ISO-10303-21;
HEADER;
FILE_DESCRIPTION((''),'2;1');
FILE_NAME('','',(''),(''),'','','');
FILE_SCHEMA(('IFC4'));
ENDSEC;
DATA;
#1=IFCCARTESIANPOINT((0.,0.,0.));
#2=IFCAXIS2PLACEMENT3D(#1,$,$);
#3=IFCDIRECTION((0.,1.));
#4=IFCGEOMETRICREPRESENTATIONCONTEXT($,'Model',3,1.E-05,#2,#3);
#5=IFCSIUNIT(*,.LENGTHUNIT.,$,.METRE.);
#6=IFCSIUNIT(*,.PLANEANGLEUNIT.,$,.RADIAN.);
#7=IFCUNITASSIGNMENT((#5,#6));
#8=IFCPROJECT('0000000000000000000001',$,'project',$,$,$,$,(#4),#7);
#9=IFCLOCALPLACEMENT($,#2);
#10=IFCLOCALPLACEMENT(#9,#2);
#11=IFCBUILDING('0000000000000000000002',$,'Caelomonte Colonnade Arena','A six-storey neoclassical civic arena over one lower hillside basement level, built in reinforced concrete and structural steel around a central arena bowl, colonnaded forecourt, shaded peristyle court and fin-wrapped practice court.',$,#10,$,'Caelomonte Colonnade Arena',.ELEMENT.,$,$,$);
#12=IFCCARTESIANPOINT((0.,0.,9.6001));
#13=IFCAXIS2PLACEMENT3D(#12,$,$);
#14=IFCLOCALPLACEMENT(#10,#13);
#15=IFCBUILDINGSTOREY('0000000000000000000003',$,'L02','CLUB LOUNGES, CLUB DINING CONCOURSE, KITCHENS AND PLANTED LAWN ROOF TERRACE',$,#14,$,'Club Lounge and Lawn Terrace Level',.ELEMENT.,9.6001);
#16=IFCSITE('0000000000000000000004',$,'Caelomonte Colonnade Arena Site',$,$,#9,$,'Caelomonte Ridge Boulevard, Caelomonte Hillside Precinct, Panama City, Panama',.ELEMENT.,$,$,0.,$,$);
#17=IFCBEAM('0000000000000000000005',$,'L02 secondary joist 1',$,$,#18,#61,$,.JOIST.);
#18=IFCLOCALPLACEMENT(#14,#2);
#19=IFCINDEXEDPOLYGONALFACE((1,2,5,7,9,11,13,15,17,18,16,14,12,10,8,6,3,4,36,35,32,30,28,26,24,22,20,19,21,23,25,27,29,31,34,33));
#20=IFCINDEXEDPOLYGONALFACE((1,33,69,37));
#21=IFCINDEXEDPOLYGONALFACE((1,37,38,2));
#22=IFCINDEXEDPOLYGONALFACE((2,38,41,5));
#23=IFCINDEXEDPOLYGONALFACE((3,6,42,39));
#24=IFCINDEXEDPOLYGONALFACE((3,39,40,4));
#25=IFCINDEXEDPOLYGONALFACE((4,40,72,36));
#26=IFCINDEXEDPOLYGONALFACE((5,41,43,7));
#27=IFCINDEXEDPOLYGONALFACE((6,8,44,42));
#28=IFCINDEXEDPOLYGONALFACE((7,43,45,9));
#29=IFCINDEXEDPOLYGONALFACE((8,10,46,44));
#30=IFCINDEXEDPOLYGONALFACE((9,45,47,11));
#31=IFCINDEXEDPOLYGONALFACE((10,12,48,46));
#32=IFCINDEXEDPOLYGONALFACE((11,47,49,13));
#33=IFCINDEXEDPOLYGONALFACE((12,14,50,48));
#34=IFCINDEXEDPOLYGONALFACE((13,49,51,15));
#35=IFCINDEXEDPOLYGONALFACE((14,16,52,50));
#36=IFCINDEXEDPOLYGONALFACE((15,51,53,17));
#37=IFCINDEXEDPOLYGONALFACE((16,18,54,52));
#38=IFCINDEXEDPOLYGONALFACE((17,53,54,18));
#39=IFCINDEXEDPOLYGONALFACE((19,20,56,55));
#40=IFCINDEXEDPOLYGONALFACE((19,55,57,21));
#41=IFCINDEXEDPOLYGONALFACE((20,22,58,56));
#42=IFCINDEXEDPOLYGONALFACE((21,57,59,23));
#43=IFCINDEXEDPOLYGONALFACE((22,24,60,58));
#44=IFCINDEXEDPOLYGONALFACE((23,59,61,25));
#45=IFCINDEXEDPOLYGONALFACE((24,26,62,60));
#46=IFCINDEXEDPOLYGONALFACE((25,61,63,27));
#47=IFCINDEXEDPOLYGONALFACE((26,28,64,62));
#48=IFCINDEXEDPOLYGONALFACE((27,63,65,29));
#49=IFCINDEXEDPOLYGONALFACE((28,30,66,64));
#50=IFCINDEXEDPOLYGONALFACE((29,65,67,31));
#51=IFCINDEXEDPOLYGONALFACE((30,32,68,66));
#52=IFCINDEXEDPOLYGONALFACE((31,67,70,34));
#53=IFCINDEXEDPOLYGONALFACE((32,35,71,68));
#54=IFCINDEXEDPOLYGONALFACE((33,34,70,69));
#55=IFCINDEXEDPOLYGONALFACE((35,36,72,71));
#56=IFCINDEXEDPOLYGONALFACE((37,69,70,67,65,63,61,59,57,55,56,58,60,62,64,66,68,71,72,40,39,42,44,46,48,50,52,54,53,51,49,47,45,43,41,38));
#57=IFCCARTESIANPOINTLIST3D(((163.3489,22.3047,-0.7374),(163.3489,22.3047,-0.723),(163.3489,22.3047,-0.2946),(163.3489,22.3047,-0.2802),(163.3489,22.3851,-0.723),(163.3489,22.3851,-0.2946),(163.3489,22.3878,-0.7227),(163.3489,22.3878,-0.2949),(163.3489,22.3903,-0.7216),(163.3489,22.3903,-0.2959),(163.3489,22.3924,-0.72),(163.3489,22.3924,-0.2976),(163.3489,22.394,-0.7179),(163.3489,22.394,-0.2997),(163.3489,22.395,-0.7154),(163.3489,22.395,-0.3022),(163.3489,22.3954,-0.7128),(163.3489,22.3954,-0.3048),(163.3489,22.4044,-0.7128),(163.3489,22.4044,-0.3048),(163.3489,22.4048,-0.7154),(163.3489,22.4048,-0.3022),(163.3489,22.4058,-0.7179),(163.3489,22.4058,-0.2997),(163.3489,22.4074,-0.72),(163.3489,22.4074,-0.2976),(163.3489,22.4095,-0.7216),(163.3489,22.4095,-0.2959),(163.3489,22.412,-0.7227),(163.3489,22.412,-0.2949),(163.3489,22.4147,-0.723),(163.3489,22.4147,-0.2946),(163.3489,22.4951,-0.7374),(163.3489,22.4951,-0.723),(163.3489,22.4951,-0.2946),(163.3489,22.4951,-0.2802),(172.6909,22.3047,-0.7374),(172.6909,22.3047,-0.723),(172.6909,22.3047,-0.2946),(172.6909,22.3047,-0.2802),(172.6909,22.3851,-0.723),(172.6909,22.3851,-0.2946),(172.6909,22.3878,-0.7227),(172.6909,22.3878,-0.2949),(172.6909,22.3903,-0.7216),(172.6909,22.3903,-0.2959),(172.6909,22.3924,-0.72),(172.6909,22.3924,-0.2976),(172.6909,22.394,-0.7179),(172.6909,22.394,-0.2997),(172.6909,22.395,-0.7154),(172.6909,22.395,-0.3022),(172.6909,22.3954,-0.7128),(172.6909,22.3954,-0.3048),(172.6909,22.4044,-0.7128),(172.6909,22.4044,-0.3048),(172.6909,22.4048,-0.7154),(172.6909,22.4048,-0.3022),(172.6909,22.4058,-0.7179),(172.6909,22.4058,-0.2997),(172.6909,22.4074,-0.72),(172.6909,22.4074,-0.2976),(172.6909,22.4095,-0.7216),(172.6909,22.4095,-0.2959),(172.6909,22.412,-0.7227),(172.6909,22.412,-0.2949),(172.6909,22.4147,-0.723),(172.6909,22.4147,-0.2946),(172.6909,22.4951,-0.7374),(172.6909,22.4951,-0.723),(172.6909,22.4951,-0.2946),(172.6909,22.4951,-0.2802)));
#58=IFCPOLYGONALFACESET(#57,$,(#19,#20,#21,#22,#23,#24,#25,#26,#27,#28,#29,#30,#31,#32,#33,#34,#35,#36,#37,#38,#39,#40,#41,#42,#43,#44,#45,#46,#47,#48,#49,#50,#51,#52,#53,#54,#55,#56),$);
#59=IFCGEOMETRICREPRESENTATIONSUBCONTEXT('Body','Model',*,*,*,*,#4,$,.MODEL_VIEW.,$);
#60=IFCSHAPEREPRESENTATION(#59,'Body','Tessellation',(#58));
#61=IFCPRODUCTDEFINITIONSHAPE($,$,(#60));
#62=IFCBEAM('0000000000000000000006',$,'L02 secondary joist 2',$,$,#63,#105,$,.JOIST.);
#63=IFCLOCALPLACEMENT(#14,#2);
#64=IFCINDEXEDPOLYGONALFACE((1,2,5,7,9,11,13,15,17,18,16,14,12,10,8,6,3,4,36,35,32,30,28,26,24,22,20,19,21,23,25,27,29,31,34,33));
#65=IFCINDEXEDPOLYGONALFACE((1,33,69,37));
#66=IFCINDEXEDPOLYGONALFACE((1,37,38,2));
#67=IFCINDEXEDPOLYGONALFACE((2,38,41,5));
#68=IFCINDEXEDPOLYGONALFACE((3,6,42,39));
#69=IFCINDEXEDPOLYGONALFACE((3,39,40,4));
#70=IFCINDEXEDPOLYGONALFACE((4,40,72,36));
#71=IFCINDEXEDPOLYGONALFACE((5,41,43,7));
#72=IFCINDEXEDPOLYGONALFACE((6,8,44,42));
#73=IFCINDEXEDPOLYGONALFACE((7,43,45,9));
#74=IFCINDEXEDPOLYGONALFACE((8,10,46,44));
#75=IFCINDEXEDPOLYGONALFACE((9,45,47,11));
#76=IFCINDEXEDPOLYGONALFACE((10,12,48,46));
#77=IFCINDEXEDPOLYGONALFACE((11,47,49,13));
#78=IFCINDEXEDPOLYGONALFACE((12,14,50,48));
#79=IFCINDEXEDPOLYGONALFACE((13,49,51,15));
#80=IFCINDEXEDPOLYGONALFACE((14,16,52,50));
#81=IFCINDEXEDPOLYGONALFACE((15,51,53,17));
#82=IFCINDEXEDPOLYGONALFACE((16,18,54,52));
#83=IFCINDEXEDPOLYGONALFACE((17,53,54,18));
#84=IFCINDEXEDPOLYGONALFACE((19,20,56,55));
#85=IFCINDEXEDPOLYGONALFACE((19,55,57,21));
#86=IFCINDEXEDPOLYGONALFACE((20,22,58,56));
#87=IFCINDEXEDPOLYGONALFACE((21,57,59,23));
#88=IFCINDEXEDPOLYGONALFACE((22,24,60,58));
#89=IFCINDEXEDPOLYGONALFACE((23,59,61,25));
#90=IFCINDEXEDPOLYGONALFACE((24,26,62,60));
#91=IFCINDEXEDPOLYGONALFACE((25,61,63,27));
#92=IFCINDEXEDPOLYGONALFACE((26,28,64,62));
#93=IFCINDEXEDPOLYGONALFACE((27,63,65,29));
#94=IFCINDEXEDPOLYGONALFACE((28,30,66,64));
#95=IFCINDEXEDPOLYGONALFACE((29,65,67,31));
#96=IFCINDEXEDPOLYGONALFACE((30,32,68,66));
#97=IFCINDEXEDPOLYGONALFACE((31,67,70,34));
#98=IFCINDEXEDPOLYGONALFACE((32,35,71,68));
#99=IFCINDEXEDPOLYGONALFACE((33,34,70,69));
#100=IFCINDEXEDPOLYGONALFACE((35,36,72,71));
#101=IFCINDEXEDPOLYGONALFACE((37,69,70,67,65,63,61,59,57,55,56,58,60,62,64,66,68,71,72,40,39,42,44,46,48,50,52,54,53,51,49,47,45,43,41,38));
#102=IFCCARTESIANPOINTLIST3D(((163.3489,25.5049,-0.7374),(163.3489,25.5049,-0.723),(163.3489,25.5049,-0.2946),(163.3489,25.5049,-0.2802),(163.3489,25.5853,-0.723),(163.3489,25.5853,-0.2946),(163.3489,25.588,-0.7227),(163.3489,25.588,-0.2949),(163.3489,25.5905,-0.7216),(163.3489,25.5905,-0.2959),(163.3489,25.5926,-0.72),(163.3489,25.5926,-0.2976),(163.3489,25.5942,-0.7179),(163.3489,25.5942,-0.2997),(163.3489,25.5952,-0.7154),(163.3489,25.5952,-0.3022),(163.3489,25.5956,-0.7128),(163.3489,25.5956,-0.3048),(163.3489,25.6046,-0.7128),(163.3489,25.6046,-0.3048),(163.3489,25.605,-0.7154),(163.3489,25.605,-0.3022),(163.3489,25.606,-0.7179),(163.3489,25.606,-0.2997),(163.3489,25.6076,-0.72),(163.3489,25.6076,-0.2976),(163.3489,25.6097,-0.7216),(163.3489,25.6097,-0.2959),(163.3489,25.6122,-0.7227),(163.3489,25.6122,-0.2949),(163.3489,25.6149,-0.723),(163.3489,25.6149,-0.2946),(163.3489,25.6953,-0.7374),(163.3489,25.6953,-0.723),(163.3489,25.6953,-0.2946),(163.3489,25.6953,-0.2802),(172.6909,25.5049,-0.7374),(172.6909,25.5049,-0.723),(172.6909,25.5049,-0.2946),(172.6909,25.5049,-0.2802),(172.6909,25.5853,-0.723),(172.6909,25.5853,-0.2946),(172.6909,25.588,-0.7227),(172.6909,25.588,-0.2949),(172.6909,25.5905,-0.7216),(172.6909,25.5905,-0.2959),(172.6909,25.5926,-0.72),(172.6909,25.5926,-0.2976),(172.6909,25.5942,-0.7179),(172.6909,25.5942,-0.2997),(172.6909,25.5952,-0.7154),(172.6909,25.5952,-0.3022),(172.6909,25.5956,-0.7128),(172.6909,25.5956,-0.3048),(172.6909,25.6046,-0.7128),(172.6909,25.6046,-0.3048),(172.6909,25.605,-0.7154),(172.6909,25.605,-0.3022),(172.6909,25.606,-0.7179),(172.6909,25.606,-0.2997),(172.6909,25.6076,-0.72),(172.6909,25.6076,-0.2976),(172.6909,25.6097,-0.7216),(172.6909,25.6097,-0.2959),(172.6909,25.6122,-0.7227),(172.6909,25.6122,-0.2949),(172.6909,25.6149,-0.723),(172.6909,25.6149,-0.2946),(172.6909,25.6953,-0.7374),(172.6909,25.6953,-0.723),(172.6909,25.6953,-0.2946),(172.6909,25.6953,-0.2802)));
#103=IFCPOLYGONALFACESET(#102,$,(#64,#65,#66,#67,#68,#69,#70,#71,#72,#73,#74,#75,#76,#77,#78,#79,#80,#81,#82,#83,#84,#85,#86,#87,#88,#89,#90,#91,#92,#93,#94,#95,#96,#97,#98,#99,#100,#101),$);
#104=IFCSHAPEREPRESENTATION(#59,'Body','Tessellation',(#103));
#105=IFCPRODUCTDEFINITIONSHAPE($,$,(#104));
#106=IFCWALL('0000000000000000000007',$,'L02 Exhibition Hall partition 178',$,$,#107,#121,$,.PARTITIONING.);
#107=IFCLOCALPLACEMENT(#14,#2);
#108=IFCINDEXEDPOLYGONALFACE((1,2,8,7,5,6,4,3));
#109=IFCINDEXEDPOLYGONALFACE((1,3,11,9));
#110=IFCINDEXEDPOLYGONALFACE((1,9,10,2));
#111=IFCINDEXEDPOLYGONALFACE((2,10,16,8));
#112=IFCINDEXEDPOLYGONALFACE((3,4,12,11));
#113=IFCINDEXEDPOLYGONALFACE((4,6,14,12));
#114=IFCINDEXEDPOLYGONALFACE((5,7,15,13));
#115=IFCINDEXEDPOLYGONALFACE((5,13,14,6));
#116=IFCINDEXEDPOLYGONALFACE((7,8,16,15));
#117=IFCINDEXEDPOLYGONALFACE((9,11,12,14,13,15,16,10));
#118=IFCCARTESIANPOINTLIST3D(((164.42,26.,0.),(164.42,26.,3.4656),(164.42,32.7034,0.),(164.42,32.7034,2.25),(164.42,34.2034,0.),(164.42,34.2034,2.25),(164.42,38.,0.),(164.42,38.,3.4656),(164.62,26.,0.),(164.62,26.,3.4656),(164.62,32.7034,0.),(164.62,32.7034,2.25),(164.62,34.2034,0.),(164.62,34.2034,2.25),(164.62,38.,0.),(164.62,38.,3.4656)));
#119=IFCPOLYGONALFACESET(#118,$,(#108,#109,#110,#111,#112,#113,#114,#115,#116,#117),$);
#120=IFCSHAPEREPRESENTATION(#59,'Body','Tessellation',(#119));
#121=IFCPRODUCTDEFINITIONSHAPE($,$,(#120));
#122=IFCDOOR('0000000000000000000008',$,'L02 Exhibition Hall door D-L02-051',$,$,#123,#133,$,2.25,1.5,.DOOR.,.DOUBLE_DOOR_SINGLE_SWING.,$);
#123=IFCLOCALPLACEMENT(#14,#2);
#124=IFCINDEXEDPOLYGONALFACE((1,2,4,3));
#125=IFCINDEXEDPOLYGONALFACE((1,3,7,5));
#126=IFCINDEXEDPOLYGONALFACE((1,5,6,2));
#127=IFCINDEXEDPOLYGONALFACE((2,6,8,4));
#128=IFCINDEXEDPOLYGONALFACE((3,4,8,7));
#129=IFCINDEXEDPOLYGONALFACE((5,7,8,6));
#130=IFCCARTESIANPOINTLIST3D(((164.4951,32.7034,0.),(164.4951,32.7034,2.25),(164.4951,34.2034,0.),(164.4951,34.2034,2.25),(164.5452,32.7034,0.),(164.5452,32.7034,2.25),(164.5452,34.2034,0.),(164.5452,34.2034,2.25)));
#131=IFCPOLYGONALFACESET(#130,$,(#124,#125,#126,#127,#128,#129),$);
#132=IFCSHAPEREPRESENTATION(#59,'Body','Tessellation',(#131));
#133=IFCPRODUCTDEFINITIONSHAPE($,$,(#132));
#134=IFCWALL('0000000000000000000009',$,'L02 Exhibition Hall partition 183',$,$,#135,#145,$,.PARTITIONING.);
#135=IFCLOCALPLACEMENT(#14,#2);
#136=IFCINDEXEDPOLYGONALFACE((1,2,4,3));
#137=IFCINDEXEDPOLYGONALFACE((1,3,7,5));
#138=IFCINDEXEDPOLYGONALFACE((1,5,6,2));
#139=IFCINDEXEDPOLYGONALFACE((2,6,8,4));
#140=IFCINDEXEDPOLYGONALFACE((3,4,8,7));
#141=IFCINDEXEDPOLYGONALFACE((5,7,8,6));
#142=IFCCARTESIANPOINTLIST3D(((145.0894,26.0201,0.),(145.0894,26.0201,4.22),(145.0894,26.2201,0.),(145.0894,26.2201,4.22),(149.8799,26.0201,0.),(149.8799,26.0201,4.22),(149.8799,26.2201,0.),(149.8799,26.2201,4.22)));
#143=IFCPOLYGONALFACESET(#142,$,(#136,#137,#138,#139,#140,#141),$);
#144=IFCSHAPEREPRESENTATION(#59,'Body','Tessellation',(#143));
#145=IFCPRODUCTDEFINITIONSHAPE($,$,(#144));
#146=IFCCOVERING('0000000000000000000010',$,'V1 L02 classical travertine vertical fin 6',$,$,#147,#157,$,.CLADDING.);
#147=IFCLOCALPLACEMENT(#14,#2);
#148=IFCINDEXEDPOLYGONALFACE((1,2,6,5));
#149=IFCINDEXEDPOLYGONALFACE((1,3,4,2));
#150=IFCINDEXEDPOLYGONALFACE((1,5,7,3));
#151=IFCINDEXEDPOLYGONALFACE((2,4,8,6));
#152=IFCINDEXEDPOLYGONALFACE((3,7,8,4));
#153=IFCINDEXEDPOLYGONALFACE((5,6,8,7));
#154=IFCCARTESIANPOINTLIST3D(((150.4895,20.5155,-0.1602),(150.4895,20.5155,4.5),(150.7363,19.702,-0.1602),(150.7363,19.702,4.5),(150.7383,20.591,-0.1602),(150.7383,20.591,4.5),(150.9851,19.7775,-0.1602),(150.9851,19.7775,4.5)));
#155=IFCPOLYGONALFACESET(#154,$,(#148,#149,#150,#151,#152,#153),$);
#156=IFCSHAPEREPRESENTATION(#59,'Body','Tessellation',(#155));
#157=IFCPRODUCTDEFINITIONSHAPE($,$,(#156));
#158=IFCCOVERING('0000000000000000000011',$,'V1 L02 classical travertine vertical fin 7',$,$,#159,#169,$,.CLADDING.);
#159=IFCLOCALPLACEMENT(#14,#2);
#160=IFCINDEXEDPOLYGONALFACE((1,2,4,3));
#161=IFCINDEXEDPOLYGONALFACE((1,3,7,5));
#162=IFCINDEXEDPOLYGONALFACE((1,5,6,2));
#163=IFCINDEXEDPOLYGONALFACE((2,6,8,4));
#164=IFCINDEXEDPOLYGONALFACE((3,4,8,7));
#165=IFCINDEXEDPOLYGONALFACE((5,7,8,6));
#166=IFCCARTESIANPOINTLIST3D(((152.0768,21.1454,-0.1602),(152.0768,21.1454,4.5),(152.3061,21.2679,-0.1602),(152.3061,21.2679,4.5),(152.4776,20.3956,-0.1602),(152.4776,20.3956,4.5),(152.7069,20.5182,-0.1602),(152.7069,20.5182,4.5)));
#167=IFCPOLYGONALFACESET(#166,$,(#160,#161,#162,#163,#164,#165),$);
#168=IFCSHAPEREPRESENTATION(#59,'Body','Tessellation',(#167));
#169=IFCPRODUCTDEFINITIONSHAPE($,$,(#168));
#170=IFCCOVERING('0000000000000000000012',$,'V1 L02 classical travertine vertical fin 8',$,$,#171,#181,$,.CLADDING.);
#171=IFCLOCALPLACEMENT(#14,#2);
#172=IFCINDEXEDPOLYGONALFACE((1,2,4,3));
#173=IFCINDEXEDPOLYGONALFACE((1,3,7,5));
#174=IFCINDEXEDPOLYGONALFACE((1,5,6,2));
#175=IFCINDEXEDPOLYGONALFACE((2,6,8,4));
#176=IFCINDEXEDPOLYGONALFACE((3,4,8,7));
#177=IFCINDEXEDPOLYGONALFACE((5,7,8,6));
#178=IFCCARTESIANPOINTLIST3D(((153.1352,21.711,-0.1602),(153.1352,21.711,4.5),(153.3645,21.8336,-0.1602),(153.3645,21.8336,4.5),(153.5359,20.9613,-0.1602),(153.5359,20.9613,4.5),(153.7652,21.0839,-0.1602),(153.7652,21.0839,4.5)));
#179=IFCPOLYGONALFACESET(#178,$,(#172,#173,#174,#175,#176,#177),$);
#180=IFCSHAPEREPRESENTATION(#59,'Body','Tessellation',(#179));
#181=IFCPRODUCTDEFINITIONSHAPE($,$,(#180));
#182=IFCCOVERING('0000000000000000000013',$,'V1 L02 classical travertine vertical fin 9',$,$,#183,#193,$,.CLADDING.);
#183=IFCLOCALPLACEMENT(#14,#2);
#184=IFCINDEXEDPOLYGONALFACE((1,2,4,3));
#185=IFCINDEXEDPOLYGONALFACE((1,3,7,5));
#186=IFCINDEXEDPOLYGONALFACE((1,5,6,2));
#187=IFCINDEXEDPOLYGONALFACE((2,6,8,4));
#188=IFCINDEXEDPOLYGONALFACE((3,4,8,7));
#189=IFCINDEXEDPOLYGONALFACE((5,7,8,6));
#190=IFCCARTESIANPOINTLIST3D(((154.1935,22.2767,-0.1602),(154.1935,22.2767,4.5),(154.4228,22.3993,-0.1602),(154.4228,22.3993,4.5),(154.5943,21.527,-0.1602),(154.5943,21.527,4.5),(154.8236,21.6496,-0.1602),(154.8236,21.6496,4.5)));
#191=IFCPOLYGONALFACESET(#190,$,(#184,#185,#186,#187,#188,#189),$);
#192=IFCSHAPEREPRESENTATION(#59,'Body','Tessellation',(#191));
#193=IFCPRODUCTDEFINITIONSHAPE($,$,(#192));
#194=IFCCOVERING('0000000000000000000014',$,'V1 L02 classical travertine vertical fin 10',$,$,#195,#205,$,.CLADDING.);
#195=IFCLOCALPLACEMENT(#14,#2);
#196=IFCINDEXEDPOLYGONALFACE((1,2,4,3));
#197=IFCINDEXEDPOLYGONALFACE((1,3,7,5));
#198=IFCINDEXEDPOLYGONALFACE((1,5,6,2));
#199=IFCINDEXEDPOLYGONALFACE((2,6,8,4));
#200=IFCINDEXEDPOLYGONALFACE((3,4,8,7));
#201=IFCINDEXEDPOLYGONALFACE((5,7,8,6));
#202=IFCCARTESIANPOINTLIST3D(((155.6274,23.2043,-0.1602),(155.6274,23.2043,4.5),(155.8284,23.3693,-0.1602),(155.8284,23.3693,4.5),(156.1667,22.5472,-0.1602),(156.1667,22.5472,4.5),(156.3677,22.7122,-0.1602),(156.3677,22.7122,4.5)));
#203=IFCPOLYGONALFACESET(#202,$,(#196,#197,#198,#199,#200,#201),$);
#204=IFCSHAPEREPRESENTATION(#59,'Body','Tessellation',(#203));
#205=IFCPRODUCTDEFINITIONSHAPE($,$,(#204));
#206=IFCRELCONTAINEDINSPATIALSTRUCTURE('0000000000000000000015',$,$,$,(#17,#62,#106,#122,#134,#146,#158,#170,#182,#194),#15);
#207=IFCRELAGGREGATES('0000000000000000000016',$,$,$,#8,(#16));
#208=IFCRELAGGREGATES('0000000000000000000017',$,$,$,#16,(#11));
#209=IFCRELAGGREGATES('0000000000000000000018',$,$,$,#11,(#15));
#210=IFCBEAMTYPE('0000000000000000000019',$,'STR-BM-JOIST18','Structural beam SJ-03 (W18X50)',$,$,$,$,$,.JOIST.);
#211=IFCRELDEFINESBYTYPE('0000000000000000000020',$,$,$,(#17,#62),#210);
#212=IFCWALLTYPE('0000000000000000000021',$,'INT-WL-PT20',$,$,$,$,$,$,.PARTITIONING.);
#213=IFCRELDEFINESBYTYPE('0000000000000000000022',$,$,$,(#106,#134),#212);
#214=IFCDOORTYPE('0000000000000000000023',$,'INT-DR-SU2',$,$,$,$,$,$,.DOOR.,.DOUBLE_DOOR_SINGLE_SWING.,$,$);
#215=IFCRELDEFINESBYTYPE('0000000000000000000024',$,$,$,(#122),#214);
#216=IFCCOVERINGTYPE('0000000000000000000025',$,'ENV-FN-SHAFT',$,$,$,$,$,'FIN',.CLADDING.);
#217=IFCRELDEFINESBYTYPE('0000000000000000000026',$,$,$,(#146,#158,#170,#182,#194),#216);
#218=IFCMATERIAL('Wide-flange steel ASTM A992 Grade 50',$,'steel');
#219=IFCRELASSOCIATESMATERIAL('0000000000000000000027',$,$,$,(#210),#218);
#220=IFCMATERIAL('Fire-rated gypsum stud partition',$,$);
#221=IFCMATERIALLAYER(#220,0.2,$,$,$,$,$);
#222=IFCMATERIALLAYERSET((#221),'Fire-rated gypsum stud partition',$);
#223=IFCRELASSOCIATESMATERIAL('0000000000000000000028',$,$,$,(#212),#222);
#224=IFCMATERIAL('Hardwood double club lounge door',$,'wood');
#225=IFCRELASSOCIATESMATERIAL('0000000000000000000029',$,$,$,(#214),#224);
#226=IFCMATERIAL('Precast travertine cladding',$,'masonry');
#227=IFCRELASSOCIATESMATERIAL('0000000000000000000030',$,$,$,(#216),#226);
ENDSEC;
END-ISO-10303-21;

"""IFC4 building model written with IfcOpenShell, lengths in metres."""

from ifc_helpers import new_model, si_unit, direction, frame, frame_2d, origin, origin_2d, place, context, subcontext, project, spatial, rectangle, i_section, extrude, material, layer, layer_set, material_profile, profile_set, type_object, element, fill, save


model = new_model("IFC4")

# Units and contexts
model_context = context("Model", 3, precision=1e-05, world=origin(), true_north=direction((0.0, 1.0)))
body_context = subcontext(model_context, "Body", "Model", "MODEL_VIEW")
ifc_project = project(units=[si_unit("LENGTHUNIT", "METRE"), si_unit("PLANEANGLEUNIT", "RADIAN")], contexts=[model_context])

# Site, building, storey
site_placement = place(None, origin())
site = spatial("IfcSite", under=ifc_project, at=site_placement, Name="Caelomonte Colonnade Arena Site", LongName="Caelomonte Ridge Boulevard, Caelomonte Hillside Precinct, Panama City, Panama", CompositionType="ELEMENT", RefElevation=0.0)
building_placement = place(site_placement, origin())
building = spatial("IfcBuilding", under=site, at=building_placement, Name="Caelomonte Colonnade Arena", Description="A six-storey neoclassical civic arena over one lower hillside basement level, built in reinforced concrete and structural steel around a central arena bowl, colonnaded forecourt, shaded peristyle court and fin-wrapped practice court.", LongName="Caelomonte Colonnade Arena", CompositionType="ELEMENT")
storey_placement = place(building_placement, frame((0.0, 0.0, 9.6001)))
storey = spatial("IfcBuildingStorey", under=building, at=storey_placement, Name="L02", Description="CLUB LOUNGES, CLUB DINING CONCOURSE, KITCHENS AND PLANTED LAWN ROOF TERRACE", LongName="Club Lounge and Lawn Terrace Level", CompositionType="ELEMENT", Elevation=9.6001)

# Beams
ifc_material_1 = material(Name="Wide-flange steel ASTM A992 Grade 50", Category="steel")
ifc_material_profile_1 = material_profile(ifc_material_1, i_section(OverallWidth=0.1904, OverallDepth=0.4573, WebThickness=0.009, FlangeThickness=0.0144, FilletRadius=0.0103, at=origin_2d()), Name="W18X50")
ifc_profile_set_1 = profile_set([ifc_material_profile_1], Name="Wide-flange steel ASTM A992 Grade 50")
beam_type = type_object("IfcBeamType", Name="STR-BM-JOIST18", Description="Structural beam SJ-03 (W18X50)", PredefinedType="JOIST", material=ifc_profile_set_1)
for number, where, z_axis, x_axis, name in (
    (1, (163.3489, 22.3999, -0.5088), (1.0, 0.0, 0.0), (0.0, 1.0, 0.0), "L02 secondary joist 1"),
    (2, (163.3489, 25.6001, -0.5088), (1.0, 0.0, 0.0), (0.0, 1.0, 0.0), "L02 secondary joist 2"),
):
    element("IfcBeam", number, at=place(storey_placement, frame(where, z_axis=z_axis, x_axis=x_axis)), inside=storey, type_object=beam_type, Name=name, PredefinedType="JOIST", context=body_context, shape_type="SweptSolid", body=[
        extrude(i_section(OverallWidth=0.1904, OverallDepth=0.4573, WebThickness=0.009, FlangeThickness=0.0144, FilletRadius=0.0103, at=origin_2d()), origin(), (0.0, 0.0, 1.0), 9.342),
    ])

# Wall, opening, door
ifc_material_2 = material(Name="Fire-rated gypsum stud partition")
ifc_layer = layer(ifc_material_2, 0.2)
ifc_layer_set = layer_set([ifc_layer], Name="Fire-rated gypsum stud partition")
wall_type = type_object("IfcWallType", Name="INT-WL-PT20", PredefinedType="PARTITIONING", material=ifc_layer_set)
wall_1_placement = place(storey_placement, frame((164.52, 26.0, 0.0), z_axis=(0.0, 0.0, 1.0), x_axis=(0.0, 1.0, 0.0)))
wall_1 = element("IfcWall", 3, at=wall_1_placement, inside=storey, type_object=wall_type, Name="L02 Exhibition Hall partition 178", PredefinedType="PARTITIONING", context=body_context, shape_type="SweptSolid", body=[
    extrude(rectangle(XDim=12.0, YDim=0.2, at=frame_2d((6.0, 0.0))), origin(), (0.0, 0.0, 1.0), 3.4656),
])
opening_placement = place(wall_1_placement, frame((6.7034, 0.0, 0.0), z_axis=(0.0, 0.0, 1.0), x_axis=(1.0, 0.0, 0.0)))
opening = element("IfcOpeningElement", 4, at=opening_placement, cuts=wall_1, PredefinedType="OPENING", context=body_context, shape_type="SweptSolid", body=[
    extrude(rectangle(XDim=1.5, YDim=2.25, at=frame_2d((0.75, 1.125))), frame((0.0, 0.1099, 0.0), z_axis=(0.0, -1.0, 0.0), x_axis=(1.0, 0.0, 0.0)), (0.0, 0.0, 1.0), 0.22),
])
ifc_material_3 = material(Name="Hardwood double club lounge door", Category="wood")
door_type = type_object("IfcDoorType", Name="INT-DR-SU2", OperationType="DOUBLE_DOOR_SINGLE_SWING", PredefinedType="DOOR", material=ifc_material_3)
door_placement = place(opening_placement, origin())
door = element("IfcDoor", 5, at=door_placement, inside=storey, type_object=door_type, Name="L02 Exhibition Hall door D-L02-051", OperationType="DOUBLE_DOOR_SINGLE_SWING", OverallHeight=2.25, OverallWidth=1.5, PredefinedType="DOOR", context=body_context, shape_type="SweptSolid", body=[
    extrude(rectangle(XDim=1.5, YDim=2.25, at=frame_2d((0.75, 1.125))), frame((0.0, 0.0249, 0.0), z_axis=(0.0, -1.0, 0.0), x_axis=(1.0, 0.0, 0.0)), (0.0, 0.0, 1.0), 0.05),
])
fill(opening, door)

# Wall
wall_2_placement = place(storey_placement, frame((149.8799, 26.1201, 0.0), z_axis=(0.0, 0.0, 1.0), x_axis=(-1.0, 0.0, 0.0)))
element("IfcWall", 6, at=wall_2_placement, inside=storey, type_object=wall_type, Name="L02 Exhibition Hall partition 183", PredefinedType="PARTITIONING", context=body_context, shape_type="SweptSolid", body=[
    extrude(rectangle(XDim=4.7905, YDim=0.2, at=frame_2d((2.3953, 0.0))), origin(), (0.0, 0.0, 1.0), 4.22),
])

# Coverings
ifc_material_4 = material(Name="Precast travertine cladding", Category="masonry")
ifc_material_profile_2 = material_profile(ifc_material_4, rectangle(XDim=0.26, YDim=0.8501, at=origin_2d()), Name="FIN260X850")
ifc_profile_set_2 = profile_set([ifc_material_profile_2], Name="Precast travertine cladding")
covering_type = type_object("IfcCoveringType", Name="ENV-FN-SHAFT", ElementType="FIN", PredefinedType="CLADDING", material=ifc_profile_set_2)
for number, where, z_axis, x_axis, name in (
    (7, (150.7373, 20.1465, -0.1602), (0.0, 0.0, 1.0), (-0.956943, -0.290276, 0.0), "V1 L02 classical travertine vertical fin 6"),
    (8, (152.3918, 20.8318, -0.1602), (0.0, 0.0, 1.0), (-0.881921, -0.471397, 0.0), "V1 L02 classical travertine vertical fin 7"),
    (9, (153.4502, 21.3975, -0.1602), (0.0, 0.0, 1.0), (-0.881921, -0.471397, 0.0), "V1 L02 classical travertine vertical fin 8"),
    (10, (154.5085, 21.9631, -0.1602), (0.0, 0.0, 1.0), (-0.881921, -0.471397, 0.0), "V1 L02 classical travertine vertical fin 9"),
    (11, (155.9976, 22.9583, -0.1602), (0.0, 0.0, 1.0), (-0.772994, -0.634414, 0.0), "V1 L02 classical travertine vertical fin 10"),
):
    element("IfcCovering", number, at=place(storey_placement, frame(where, z_axis=z_axis, x_axis=x_axis)), inside=storey, type_object=covering_type, Name=name, PredefinedType="CLADDING", context=body_context, shape_type="SweptSolid", body=[
        extrude(rectangle(XDim=0.26, YDim=0.8501, at=origin_2d()), origin(), (0.0, 0.0, 1.0), 4.6602),
    ])

save(model, "model.ifc")
